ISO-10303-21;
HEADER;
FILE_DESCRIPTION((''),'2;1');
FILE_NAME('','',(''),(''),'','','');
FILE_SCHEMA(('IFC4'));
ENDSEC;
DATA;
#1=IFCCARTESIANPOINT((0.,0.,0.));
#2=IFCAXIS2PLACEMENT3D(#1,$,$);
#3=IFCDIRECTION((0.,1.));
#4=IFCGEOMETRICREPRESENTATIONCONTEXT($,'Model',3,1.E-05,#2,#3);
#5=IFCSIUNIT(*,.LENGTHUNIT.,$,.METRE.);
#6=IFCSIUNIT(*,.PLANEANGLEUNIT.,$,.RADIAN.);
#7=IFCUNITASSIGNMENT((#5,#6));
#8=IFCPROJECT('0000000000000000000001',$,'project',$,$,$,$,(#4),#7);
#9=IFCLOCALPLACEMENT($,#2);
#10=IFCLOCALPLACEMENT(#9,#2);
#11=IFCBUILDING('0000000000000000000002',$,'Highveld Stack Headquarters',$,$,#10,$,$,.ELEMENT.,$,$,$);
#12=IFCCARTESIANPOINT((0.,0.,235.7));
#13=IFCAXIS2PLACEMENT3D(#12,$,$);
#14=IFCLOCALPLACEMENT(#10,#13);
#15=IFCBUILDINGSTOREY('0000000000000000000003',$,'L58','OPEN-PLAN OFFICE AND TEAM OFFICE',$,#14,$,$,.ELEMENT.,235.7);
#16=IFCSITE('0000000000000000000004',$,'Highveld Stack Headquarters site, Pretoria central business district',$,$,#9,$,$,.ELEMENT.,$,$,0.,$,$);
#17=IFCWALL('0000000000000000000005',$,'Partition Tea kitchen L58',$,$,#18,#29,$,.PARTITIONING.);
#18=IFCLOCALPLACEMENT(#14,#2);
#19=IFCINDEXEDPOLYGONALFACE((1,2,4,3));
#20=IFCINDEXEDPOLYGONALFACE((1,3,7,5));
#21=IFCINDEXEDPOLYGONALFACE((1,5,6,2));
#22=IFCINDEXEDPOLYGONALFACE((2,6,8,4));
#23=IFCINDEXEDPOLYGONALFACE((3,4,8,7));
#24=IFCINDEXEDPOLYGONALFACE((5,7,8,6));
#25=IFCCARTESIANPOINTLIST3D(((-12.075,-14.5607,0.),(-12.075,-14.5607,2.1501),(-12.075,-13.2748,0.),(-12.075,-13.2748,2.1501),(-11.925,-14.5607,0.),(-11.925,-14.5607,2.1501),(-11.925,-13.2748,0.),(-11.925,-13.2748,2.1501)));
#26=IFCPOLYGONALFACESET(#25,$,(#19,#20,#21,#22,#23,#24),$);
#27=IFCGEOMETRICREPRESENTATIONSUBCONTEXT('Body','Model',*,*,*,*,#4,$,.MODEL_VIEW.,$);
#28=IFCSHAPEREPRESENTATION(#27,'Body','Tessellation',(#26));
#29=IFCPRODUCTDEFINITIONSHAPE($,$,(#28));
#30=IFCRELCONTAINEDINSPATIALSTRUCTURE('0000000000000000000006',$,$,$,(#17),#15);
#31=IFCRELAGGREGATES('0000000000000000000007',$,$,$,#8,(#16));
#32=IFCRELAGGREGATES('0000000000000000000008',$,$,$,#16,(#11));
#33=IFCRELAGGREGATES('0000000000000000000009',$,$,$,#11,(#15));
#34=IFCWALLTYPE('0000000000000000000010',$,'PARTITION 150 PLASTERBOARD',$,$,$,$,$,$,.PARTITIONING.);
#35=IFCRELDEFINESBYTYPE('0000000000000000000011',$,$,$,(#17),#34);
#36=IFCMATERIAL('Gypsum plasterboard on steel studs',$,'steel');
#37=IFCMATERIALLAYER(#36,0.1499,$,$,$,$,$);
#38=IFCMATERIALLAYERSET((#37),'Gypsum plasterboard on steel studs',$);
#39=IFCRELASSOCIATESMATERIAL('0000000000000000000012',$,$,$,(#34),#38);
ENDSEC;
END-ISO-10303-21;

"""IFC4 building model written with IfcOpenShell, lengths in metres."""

from ifc_helpers import new_model, si_unit, direction, frame, frame_2d, origin, place, context, subcontext, project, spatial, rectangle, extrude, material, layer, layer_set, type_object, element, save


model = new_model("IFC4")

# Units and contexts
model_context = context("Model", 3, precision=1e-05, world=origin(), true_north=direction((0.0, 1.0)))
body_context = subcontext(model_context, "Body", "Model", "MODEL_VIEW")
ifc_project = project(units=[si_unit("LENGTHUNIT", "METRE"), si_unit("PLANEANGLEUNIT", "RADIAN")], contexts=[model_context])

# Site, building, storey
site_placement = place(None, origin())
site = spatial("IfcSite", under=ifc_project, at=site_placement, Name="Highveld Stack Headquarters site, Pretoria central business district", CompositionType="ELEMENT", RefElevation=0.0)
building_placement = place(site_placement, origin())
building = spatial("IfcBuilding", under=site, at=building_placement, Name="Highveld Stack Headquarters", CompositionType="ELEMENT")
storey_placement = place(building_placement, frame((0.0, 0.0, 235.7)))
storey = spatial("IfcBuildingStorey", under=building, at=storey_placement, Name="L58", Description="OPEN-PLAN OFFICE AND TEAM OFFICE", CompositionType="ELEMENT", Elevation=235.7)

# Shared definitions
ifc_material_1 = material(Name="Gypsum plasterboard on steel studs", Category="steel")
ifc_layer_1 = layer(ifc_material_1, 0.1499)
ifc_layer_set_1 = layer_set([ifc_layer_1], Name="Gypsum plasterboard on steel studs")
wall_type = type_object("IfcWallType", Name="PARTITION 150 PLASTERBOARD", PredefinedType="PARTITIONING", material=ifc_layer_set_1)

# Wall
wall_1_placement = place(storey_placement, frame((-12.0, -14.5608, 0.0), z_axis=(0.0, 0.0, 1.0), x_axis=(0.0, 1.0, 0.0)))
element("IfcWall", 1, at=wall_1_placement, inside=storey, type_object=wall_type, Name="Partition Tea kitchen L58", PredefinedType="PARTITIONING", context=body_context, shape_type="SweptSolid", body=[
    extrude(rectangle(XDim=1.2859, YDim=0.1499, at=frame_2d((0.6431, 0.0))), origin(), (0.0, 0.0, 1.0), 2.1501),
])

save(model, "model.ifc")
